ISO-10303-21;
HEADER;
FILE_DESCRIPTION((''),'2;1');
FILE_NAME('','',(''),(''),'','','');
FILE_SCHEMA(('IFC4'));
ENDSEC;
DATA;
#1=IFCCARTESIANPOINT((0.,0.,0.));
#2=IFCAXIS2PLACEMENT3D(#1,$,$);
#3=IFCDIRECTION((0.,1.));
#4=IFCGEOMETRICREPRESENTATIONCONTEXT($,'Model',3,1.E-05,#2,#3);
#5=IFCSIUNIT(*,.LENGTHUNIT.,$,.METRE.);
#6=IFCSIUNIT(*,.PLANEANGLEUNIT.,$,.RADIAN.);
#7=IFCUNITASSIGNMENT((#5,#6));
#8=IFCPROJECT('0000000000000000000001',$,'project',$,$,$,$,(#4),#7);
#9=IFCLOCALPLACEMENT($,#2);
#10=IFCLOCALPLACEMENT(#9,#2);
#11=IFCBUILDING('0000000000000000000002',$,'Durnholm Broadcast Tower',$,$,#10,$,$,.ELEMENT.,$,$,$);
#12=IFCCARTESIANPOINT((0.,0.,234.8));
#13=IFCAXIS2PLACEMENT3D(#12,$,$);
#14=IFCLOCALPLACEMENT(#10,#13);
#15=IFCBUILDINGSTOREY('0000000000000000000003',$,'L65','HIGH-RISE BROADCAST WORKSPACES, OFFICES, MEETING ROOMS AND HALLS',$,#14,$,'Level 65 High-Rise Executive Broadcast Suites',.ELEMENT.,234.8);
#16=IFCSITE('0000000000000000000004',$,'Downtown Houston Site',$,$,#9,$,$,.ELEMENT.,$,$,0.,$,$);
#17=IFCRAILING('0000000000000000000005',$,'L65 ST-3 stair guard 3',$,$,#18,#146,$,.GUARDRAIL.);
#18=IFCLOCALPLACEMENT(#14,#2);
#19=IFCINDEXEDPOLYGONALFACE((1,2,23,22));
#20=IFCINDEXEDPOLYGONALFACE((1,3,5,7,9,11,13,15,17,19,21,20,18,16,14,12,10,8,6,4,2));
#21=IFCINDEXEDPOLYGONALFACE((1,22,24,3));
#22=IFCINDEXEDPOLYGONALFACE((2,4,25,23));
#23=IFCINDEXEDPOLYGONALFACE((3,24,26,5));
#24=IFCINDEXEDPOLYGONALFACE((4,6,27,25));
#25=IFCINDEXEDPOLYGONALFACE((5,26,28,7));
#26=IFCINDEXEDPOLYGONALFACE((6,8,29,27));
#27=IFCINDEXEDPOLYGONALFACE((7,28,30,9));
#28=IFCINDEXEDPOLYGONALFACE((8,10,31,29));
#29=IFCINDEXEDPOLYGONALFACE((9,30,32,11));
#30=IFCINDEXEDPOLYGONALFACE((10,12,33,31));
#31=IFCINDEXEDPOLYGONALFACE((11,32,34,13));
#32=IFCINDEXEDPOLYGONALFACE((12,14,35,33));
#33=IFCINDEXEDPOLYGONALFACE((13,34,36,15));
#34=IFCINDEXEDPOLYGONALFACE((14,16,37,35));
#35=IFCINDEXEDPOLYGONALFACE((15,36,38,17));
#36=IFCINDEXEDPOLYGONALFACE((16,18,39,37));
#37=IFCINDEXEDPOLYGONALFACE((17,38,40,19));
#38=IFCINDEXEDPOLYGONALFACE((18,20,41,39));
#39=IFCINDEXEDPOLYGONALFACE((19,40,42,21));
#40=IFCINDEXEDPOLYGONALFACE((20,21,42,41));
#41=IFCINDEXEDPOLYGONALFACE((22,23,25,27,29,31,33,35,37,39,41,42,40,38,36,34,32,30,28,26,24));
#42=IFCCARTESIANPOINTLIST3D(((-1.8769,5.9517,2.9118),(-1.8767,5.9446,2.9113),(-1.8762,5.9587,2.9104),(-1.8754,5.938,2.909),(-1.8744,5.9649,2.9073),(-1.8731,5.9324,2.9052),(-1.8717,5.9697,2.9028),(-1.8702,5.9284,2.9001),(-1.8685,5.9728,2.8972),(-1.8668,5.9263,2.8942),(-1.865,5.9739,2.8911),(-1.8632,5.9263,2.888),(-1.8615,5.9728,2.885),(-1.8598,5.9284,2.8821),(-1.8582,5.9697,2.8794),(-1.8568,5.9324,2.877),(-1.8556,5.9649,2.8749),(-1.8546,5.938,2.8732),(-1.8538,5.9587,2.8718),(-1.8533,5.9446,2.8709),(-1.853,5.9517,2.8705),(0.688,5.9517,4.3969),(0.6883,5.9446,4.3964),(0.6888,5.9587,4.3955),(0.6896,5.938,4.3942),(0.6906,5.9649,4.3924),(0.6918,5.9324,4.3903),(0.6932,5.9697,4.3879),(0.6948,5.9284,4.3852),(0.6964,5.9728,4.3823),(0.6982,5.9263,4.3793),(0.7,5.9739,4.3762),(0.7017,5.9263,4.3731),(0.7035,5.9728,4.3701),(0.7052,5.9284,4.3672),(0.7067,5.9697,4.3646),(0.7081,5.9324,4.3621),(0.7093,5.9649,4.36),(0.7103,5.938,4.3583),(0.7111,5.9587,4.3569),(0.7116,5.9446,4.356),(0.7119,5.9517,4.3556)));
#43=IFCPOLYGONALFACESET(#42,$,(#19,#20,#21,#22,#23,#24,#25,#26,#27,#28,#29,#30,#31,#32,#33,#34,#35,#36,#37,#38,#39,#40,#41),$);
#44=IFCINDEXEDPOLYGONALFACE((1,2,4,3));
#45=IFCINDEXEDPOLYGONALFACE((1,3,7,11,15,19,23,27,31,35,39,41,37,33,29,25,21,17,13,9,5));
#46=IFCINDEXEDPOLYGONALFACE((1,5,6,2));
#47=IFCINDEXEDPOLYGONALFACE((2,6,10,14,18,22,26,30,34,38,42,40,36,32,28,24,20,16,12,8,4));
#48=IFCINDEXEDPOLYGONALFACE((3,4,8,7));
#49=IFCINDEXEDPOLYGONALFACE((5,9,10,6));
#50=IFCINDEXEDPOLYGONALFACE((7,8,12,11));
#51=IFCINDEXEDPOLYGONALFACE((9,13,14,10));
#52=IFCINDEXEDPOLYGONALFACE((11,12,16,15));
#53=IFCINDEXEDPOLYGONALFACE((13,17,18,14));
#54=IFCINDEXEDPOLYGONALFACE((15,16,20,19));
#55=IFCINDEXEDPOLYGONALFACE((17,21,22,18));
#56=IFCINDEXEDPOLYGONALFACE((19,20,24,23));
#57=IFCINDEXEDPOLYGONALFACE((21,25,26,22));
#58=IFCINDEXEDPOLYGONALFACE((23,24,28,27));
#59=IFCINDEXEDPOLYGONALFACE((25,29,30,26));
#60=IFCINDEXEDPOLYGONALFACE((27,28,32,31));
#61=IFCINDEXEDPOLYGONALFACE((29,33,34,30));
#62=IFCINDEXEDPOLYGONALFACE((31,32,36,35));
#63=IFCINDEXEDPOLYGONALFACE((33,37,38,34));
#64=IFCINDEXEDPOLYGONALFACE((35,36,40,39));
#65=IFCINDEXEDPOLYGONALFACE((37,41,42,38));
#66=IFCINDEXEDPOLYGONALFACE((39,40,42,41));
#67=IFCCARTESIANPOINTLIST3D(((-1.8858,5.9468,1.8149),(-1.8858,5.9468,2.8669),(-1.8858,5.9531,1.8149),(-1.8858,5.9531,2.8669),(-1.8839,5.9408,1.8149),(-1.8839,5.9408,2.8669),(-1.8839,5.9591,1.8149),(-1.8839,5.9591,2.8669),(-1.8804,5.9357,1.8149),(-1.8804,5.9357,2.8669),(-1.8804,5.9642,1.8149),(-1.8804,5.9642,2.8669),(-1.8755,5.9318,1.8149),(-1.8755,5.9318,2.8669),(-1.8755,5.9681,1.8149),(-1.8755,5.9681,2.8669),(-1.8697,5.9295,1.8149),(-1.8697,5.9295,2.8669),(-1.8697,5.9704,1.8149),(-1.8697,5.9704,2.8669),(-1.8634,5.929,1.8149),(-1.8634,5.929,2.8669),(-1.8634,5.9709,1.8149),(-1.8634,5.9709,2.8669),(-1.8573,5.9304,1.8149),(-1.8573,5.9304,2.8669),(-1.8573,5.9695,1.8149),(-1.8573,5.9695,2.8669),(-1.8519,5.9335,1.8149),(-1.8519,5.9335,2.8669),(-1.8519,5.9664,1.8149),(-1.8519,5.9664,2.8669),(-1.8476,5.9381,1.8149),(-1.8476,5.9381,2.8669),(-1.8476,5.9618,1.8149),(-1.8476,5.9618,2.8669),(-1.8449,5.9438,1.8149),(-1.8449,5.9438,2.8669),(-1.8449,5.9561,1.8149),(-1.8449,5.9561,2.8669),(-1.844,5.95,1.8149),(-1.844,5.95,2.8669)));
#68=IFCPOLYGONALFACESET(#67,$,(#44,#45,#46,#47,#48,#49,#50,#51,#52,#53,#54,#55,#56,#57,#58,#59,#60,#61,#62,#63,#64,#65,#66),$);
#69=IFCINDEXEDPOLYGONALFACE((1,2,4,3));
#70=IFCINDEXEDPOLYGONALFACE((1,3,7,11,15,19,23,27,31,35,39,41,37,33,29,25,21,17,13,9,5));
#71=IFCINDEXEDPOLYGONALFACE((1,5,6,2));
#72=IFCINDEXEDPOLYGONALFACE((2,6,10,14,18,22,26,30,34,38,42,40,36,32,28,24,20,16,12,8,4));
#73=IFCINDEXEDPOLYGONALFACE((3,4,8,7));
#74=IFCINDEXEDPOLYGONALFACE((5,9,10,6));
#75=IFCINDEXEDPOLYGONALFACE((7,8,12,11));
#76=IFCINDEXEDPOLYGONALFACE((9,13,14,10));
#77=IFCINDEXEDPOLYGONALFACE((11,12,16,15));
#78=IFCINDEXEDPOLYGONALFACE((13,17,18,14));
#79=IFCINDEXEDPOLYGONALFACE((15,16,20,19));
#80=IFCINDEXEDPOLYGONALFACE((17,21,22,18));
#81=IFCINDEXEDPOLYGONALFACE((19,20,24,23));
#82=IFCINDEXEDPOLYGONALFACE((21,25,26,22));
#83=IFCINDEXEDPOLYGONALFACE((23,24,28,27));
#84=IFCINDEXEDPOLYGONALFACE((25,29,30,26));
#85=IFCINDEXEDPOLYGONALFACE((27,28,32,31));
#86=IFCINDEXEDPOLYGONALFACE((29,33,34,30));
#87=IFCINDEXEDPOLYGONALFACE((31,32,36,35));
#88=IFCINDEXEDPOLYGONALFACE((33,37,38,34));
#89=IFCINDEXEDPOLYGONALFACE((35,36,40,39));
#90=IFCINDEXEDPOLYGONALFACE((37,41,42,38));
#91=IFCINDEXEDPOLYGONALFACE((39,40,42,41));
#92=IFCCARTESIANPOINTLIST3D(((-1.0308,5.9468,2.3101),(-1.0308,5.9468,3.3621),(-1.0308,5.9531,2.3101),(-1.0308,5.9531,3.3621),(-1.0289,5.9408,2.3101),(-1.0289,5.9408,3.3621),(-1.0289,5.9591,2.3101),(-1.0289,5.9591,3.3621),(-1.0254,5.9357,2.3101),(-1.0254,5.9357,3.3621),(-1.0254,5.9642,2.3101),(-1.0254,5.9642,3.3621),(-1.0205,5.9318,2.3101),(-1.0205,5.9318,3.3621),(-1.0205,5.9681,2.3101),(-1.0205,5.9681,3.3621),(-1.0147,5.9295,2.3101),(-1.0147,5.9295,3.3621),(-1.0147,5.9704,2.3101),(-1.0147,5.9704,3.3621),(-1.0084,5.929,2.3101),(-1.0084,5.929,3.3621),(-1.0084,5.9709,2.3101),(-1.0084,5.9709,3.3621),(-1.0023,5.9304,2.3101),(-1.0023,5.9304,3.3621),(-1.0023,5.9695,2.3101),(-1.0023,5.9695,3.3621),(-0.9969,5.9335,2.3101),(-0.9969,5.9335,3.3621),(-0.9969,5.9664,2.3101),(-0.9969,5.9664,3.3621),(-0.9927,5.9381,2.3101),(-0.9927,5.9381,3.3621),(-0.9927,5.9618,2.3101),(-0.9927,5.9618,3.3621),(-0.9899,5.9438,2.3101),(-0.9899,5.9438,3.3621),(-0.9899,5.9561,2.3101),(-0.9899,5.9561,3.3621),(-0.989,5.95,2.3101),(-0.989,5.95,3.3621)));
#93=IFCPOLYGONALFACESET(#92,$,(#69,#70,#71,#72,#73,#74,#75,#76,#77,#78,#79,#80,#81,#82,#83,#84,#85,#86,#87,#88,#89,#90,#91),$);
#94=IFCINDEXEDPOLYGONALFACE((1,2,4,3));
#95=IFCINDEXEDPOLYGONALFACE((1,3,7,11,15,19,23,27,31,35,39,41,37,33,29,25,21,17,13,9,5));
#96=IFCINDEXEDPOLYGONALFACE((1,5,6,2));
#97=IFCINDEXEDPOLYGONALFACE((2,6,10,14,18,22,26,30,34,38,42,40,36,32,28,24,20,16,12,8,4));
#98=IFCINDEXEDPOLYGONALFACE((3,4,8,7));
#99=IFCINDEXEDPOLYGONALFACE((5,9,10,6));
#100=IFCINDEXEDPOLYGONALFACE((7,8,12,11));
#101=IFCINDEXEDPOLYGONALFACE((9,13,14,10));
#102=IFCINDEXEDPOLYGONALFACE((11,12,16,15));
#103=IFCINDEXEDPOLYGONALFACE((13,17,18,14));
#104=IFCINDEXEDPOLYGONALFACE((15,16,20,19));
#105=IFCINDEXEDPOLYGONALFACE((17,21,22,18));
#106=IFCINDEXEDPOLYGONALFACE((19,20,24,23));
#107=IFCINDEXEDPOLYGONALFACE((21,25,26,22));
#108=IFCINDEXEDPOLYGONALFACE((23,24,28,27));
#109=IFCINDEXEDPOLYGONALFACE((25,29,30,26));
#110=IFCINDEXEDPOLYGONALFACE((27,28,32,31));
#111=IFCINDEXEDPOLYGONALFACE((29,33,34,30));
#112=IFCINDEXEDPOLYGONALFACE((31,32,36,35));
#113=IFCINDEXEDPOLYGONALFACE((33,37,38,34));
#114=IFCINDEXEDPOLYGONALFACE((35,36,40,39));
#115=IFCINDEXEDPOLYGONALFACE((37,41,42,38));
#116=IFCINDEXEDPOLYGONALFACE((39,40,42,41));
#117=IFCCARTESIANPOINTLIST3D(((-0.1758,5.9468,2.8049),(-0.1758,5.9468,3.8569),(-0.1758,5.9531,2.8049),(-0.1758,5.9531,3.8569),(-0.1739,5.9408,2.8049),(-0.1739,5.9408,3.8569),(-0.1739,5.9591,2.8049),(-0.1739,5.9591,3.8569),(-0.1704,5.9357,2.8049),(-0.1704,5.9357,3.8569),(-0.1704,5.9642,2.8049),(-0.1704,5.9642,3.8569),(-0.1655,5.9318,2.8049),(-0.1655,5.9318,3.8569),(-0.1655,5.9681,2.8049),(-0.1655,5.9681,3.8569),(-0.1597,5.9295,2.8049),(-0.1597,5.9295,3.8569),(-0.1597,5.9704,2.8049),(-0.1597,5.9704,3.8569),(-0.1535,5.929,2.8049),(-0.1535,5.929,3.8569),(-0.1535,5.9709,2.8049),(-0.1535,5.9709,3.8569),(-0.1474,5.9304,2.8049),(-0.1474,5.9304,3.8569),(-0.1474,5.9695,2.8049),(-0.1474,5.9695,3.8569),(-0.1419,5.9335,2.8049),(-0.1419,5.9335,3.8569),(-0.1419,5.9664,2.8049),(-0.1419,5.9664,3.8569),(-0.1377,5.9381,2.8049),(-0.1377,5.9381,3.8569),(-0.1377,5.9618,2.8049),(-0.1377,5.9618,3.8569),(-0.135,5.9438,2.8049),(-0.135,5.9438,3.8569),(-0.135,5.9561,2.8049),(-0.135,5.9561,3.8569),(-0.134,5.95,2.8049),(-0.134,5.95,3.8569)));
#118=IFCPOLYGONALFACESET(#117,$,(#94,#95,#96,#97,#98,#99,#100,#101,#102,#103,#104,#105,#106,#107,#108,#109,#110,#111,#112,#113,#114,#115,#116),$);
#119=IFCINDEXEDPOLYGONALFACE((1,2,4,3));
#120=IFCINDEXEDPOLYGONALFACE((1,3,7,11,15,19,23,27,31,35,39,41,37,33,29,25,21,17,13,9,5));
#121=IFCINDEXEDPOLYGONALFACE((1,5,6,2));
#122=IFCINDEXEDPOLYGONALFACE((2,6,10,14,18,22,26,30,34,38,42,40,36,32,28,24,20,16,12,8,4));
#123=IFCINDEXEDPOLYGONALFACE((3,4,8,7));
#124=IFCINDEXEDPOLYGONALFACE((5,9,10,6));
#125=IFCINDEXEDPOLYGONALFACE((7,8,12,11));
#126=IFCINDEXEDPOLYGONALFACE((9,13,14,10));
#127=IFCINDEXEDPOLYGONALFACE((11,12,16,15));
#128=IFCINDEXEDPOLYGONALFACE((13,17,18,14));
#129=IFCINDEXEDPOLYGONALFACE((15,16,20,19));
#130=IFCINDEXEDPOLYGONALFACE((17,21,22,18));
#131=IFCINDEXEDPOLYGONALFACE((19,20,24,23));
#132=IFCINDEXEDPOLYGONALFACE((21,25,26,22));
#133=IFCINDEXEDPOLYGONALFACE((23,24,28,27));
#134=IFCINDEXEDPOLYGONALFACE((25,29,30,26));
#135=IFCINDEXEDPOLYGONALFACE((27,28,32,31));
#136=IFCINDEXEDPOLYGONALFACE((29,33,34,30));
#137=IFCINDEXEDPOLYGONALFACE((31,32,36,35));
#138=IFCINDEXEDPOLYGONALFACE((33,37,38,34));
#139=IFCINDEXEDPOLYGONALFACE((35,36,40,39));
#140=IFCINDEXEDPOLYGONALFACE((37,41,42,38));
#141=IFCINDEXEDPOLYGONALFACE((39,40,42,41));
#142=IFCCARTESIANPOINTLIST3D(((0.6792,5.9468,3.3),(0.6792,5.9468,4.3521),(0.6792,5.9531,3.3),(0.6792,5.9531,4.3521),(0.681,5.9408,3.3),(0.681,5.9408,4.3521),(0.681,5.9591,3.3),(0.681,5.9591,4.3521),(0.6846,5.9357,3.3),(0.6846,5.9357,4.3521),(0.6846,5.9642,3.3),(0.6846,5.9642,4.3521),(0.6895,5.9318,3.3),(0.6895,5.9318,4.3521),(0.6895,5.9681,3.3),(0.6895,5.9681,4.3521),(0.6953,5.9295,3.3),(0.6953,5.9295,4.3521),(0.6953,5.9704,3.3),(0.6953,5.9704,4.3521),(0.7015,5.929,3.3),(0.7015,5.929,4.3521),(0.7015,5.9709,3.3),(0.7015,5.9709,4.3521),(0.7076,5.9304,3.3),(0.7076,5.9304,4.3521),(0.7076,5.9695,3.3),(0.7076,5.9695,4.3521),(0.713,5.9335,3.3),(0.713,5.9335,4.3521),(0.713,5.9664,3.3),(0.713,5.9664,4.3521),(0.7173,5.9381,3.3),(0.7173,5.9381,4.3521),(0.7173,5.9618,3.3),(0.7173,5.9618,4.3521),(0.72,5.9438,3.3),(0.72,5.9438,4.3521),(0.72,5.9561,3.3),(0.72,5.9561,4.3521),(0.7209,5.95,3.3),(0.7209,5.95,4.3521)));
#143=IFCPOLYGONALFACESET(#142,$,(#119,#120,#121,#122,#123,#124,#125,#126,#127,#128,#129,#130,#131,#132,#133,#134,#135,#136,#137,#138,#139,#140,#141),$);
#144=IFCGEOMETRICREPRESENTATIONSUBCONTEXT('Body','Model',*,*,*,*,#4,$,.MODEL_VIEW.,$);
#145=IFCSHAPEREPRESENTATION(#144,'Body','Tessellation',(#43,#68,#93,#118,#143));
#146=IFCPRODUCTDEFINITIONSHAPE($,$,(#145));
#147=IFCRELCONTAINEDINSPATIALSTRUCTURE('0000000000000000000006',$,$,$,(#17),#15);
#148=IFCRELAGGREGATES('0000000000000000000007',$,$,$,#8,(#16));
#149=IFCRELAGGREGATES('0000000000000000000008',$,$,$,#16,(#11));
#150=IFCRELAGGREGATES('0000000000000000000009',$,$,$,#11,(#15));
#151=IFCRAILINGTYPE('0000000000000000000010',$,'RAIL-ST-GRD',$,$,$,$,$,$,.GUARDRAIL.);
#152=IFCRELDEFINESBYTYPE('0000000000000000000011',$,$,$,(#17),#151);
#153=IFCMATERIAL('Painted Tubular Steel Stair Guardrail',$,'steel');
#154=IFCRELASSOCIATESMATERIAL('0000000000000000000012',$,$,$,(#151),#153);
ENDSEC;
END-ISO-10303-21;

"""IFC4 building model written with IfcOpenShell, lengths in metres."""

from ifc_helpers import new_model, si_unit, direction, frame, origin, origin_2d, place, context, subcontext, project, spatial, circle, extrude, material, type_object, element, save


model = new_model("IFC4")

# Units and contexts
model_context = context("Model", 3, precision=1e-05, world=origin(), true_north=direction((0.0, 1.0)))
body_context = subcontext(model_context, "Body", "Model", "MODEL_VIEW")
ifc_project = project(units=[si_unit("LENGTHUNIT", "METRE"), si_unit("PLANEANGLEUNIT", "RADIAN")], contexts=[model_context])

# Site, building, storey
site_placement = place(None, origin())
site = spatial("IfcSite", under=ifc_project, at=site_placement, Name="Downtown Houston Site", CompositionType="ELEMENT", RefElevation=0.0)
building_placement = place(site_placement, origin())
building = spatial("IfcBuilding", under=site, at=building_placement, Name="Durnholm Broadcast Tower", CompositionType="ELEMENT")
storey_placement = place(building_placement, frame((0.0, 0.0, 234.8)))
storey = spatial("IfcBuildingStorey", under=building, at=storey_placement, Name="L65", Description="HIGH-RISE BROADCAST WORKSPACES, OFFICES, MEETING ROOMS AND HALLS", LongName="Level 65 High-Rise Executive Broadcast Suites", CompositionType="ELEMENT", Elevation=234.8)

# Railing
ifc_material_1 = material(Name="Painted Tubular Steel Stair Guardrail", Category="steel")
railing_type_1 = type_object("IfcRailingType", Name="RAIL-ST-GRD", PredefinedType="GUARDRAIL", material=ifc_material_1)
railing_1_placement = place(storey_placement, frame((-1.865, 5.95, 1.8149)))
element("IfcRailing", 1, at=railing_1_placement, inside=storey, type_object=railing_type_1, Name="L65 ST-3 stair guard 3", PredefinedType="GUARDRAIL", context=body_context, shape_type="SweptSolid", body=[
    extrude(circle(Radius=0.0239, at=origin_2d()), frame((0.0, 0.0, 1.0762), z_axis=(0.865406, 0.0, 0.501072), x_axis=(0.0, 1.0, 0.0)), (0.0, 0.0, 1.0), 2.9639),
    extrude(circle(Radius=0.021, at=origin_2d()), origin(), (0.0, 0.0, 1.0), 1.052),
    extrude(circle(Radius=0.021, at=origin_2d()), frame((0.855, 0.0, 0.4951)), (0.0, 0.0, 1.0), 1.052),
    extrude(circle(Radius=0.021, at=origin_2d()), frame((1.71, 0.0, 0.99)), (0.0, 0.0, 1.0), 1.052),
    extrude(circle(Radius=0.021, at=origin_2d()), frame((2.5649, 0.0, 1.4851)), (0.0, 0.0, 1.0), 1.052),
])

save(model, "model.ifc")
